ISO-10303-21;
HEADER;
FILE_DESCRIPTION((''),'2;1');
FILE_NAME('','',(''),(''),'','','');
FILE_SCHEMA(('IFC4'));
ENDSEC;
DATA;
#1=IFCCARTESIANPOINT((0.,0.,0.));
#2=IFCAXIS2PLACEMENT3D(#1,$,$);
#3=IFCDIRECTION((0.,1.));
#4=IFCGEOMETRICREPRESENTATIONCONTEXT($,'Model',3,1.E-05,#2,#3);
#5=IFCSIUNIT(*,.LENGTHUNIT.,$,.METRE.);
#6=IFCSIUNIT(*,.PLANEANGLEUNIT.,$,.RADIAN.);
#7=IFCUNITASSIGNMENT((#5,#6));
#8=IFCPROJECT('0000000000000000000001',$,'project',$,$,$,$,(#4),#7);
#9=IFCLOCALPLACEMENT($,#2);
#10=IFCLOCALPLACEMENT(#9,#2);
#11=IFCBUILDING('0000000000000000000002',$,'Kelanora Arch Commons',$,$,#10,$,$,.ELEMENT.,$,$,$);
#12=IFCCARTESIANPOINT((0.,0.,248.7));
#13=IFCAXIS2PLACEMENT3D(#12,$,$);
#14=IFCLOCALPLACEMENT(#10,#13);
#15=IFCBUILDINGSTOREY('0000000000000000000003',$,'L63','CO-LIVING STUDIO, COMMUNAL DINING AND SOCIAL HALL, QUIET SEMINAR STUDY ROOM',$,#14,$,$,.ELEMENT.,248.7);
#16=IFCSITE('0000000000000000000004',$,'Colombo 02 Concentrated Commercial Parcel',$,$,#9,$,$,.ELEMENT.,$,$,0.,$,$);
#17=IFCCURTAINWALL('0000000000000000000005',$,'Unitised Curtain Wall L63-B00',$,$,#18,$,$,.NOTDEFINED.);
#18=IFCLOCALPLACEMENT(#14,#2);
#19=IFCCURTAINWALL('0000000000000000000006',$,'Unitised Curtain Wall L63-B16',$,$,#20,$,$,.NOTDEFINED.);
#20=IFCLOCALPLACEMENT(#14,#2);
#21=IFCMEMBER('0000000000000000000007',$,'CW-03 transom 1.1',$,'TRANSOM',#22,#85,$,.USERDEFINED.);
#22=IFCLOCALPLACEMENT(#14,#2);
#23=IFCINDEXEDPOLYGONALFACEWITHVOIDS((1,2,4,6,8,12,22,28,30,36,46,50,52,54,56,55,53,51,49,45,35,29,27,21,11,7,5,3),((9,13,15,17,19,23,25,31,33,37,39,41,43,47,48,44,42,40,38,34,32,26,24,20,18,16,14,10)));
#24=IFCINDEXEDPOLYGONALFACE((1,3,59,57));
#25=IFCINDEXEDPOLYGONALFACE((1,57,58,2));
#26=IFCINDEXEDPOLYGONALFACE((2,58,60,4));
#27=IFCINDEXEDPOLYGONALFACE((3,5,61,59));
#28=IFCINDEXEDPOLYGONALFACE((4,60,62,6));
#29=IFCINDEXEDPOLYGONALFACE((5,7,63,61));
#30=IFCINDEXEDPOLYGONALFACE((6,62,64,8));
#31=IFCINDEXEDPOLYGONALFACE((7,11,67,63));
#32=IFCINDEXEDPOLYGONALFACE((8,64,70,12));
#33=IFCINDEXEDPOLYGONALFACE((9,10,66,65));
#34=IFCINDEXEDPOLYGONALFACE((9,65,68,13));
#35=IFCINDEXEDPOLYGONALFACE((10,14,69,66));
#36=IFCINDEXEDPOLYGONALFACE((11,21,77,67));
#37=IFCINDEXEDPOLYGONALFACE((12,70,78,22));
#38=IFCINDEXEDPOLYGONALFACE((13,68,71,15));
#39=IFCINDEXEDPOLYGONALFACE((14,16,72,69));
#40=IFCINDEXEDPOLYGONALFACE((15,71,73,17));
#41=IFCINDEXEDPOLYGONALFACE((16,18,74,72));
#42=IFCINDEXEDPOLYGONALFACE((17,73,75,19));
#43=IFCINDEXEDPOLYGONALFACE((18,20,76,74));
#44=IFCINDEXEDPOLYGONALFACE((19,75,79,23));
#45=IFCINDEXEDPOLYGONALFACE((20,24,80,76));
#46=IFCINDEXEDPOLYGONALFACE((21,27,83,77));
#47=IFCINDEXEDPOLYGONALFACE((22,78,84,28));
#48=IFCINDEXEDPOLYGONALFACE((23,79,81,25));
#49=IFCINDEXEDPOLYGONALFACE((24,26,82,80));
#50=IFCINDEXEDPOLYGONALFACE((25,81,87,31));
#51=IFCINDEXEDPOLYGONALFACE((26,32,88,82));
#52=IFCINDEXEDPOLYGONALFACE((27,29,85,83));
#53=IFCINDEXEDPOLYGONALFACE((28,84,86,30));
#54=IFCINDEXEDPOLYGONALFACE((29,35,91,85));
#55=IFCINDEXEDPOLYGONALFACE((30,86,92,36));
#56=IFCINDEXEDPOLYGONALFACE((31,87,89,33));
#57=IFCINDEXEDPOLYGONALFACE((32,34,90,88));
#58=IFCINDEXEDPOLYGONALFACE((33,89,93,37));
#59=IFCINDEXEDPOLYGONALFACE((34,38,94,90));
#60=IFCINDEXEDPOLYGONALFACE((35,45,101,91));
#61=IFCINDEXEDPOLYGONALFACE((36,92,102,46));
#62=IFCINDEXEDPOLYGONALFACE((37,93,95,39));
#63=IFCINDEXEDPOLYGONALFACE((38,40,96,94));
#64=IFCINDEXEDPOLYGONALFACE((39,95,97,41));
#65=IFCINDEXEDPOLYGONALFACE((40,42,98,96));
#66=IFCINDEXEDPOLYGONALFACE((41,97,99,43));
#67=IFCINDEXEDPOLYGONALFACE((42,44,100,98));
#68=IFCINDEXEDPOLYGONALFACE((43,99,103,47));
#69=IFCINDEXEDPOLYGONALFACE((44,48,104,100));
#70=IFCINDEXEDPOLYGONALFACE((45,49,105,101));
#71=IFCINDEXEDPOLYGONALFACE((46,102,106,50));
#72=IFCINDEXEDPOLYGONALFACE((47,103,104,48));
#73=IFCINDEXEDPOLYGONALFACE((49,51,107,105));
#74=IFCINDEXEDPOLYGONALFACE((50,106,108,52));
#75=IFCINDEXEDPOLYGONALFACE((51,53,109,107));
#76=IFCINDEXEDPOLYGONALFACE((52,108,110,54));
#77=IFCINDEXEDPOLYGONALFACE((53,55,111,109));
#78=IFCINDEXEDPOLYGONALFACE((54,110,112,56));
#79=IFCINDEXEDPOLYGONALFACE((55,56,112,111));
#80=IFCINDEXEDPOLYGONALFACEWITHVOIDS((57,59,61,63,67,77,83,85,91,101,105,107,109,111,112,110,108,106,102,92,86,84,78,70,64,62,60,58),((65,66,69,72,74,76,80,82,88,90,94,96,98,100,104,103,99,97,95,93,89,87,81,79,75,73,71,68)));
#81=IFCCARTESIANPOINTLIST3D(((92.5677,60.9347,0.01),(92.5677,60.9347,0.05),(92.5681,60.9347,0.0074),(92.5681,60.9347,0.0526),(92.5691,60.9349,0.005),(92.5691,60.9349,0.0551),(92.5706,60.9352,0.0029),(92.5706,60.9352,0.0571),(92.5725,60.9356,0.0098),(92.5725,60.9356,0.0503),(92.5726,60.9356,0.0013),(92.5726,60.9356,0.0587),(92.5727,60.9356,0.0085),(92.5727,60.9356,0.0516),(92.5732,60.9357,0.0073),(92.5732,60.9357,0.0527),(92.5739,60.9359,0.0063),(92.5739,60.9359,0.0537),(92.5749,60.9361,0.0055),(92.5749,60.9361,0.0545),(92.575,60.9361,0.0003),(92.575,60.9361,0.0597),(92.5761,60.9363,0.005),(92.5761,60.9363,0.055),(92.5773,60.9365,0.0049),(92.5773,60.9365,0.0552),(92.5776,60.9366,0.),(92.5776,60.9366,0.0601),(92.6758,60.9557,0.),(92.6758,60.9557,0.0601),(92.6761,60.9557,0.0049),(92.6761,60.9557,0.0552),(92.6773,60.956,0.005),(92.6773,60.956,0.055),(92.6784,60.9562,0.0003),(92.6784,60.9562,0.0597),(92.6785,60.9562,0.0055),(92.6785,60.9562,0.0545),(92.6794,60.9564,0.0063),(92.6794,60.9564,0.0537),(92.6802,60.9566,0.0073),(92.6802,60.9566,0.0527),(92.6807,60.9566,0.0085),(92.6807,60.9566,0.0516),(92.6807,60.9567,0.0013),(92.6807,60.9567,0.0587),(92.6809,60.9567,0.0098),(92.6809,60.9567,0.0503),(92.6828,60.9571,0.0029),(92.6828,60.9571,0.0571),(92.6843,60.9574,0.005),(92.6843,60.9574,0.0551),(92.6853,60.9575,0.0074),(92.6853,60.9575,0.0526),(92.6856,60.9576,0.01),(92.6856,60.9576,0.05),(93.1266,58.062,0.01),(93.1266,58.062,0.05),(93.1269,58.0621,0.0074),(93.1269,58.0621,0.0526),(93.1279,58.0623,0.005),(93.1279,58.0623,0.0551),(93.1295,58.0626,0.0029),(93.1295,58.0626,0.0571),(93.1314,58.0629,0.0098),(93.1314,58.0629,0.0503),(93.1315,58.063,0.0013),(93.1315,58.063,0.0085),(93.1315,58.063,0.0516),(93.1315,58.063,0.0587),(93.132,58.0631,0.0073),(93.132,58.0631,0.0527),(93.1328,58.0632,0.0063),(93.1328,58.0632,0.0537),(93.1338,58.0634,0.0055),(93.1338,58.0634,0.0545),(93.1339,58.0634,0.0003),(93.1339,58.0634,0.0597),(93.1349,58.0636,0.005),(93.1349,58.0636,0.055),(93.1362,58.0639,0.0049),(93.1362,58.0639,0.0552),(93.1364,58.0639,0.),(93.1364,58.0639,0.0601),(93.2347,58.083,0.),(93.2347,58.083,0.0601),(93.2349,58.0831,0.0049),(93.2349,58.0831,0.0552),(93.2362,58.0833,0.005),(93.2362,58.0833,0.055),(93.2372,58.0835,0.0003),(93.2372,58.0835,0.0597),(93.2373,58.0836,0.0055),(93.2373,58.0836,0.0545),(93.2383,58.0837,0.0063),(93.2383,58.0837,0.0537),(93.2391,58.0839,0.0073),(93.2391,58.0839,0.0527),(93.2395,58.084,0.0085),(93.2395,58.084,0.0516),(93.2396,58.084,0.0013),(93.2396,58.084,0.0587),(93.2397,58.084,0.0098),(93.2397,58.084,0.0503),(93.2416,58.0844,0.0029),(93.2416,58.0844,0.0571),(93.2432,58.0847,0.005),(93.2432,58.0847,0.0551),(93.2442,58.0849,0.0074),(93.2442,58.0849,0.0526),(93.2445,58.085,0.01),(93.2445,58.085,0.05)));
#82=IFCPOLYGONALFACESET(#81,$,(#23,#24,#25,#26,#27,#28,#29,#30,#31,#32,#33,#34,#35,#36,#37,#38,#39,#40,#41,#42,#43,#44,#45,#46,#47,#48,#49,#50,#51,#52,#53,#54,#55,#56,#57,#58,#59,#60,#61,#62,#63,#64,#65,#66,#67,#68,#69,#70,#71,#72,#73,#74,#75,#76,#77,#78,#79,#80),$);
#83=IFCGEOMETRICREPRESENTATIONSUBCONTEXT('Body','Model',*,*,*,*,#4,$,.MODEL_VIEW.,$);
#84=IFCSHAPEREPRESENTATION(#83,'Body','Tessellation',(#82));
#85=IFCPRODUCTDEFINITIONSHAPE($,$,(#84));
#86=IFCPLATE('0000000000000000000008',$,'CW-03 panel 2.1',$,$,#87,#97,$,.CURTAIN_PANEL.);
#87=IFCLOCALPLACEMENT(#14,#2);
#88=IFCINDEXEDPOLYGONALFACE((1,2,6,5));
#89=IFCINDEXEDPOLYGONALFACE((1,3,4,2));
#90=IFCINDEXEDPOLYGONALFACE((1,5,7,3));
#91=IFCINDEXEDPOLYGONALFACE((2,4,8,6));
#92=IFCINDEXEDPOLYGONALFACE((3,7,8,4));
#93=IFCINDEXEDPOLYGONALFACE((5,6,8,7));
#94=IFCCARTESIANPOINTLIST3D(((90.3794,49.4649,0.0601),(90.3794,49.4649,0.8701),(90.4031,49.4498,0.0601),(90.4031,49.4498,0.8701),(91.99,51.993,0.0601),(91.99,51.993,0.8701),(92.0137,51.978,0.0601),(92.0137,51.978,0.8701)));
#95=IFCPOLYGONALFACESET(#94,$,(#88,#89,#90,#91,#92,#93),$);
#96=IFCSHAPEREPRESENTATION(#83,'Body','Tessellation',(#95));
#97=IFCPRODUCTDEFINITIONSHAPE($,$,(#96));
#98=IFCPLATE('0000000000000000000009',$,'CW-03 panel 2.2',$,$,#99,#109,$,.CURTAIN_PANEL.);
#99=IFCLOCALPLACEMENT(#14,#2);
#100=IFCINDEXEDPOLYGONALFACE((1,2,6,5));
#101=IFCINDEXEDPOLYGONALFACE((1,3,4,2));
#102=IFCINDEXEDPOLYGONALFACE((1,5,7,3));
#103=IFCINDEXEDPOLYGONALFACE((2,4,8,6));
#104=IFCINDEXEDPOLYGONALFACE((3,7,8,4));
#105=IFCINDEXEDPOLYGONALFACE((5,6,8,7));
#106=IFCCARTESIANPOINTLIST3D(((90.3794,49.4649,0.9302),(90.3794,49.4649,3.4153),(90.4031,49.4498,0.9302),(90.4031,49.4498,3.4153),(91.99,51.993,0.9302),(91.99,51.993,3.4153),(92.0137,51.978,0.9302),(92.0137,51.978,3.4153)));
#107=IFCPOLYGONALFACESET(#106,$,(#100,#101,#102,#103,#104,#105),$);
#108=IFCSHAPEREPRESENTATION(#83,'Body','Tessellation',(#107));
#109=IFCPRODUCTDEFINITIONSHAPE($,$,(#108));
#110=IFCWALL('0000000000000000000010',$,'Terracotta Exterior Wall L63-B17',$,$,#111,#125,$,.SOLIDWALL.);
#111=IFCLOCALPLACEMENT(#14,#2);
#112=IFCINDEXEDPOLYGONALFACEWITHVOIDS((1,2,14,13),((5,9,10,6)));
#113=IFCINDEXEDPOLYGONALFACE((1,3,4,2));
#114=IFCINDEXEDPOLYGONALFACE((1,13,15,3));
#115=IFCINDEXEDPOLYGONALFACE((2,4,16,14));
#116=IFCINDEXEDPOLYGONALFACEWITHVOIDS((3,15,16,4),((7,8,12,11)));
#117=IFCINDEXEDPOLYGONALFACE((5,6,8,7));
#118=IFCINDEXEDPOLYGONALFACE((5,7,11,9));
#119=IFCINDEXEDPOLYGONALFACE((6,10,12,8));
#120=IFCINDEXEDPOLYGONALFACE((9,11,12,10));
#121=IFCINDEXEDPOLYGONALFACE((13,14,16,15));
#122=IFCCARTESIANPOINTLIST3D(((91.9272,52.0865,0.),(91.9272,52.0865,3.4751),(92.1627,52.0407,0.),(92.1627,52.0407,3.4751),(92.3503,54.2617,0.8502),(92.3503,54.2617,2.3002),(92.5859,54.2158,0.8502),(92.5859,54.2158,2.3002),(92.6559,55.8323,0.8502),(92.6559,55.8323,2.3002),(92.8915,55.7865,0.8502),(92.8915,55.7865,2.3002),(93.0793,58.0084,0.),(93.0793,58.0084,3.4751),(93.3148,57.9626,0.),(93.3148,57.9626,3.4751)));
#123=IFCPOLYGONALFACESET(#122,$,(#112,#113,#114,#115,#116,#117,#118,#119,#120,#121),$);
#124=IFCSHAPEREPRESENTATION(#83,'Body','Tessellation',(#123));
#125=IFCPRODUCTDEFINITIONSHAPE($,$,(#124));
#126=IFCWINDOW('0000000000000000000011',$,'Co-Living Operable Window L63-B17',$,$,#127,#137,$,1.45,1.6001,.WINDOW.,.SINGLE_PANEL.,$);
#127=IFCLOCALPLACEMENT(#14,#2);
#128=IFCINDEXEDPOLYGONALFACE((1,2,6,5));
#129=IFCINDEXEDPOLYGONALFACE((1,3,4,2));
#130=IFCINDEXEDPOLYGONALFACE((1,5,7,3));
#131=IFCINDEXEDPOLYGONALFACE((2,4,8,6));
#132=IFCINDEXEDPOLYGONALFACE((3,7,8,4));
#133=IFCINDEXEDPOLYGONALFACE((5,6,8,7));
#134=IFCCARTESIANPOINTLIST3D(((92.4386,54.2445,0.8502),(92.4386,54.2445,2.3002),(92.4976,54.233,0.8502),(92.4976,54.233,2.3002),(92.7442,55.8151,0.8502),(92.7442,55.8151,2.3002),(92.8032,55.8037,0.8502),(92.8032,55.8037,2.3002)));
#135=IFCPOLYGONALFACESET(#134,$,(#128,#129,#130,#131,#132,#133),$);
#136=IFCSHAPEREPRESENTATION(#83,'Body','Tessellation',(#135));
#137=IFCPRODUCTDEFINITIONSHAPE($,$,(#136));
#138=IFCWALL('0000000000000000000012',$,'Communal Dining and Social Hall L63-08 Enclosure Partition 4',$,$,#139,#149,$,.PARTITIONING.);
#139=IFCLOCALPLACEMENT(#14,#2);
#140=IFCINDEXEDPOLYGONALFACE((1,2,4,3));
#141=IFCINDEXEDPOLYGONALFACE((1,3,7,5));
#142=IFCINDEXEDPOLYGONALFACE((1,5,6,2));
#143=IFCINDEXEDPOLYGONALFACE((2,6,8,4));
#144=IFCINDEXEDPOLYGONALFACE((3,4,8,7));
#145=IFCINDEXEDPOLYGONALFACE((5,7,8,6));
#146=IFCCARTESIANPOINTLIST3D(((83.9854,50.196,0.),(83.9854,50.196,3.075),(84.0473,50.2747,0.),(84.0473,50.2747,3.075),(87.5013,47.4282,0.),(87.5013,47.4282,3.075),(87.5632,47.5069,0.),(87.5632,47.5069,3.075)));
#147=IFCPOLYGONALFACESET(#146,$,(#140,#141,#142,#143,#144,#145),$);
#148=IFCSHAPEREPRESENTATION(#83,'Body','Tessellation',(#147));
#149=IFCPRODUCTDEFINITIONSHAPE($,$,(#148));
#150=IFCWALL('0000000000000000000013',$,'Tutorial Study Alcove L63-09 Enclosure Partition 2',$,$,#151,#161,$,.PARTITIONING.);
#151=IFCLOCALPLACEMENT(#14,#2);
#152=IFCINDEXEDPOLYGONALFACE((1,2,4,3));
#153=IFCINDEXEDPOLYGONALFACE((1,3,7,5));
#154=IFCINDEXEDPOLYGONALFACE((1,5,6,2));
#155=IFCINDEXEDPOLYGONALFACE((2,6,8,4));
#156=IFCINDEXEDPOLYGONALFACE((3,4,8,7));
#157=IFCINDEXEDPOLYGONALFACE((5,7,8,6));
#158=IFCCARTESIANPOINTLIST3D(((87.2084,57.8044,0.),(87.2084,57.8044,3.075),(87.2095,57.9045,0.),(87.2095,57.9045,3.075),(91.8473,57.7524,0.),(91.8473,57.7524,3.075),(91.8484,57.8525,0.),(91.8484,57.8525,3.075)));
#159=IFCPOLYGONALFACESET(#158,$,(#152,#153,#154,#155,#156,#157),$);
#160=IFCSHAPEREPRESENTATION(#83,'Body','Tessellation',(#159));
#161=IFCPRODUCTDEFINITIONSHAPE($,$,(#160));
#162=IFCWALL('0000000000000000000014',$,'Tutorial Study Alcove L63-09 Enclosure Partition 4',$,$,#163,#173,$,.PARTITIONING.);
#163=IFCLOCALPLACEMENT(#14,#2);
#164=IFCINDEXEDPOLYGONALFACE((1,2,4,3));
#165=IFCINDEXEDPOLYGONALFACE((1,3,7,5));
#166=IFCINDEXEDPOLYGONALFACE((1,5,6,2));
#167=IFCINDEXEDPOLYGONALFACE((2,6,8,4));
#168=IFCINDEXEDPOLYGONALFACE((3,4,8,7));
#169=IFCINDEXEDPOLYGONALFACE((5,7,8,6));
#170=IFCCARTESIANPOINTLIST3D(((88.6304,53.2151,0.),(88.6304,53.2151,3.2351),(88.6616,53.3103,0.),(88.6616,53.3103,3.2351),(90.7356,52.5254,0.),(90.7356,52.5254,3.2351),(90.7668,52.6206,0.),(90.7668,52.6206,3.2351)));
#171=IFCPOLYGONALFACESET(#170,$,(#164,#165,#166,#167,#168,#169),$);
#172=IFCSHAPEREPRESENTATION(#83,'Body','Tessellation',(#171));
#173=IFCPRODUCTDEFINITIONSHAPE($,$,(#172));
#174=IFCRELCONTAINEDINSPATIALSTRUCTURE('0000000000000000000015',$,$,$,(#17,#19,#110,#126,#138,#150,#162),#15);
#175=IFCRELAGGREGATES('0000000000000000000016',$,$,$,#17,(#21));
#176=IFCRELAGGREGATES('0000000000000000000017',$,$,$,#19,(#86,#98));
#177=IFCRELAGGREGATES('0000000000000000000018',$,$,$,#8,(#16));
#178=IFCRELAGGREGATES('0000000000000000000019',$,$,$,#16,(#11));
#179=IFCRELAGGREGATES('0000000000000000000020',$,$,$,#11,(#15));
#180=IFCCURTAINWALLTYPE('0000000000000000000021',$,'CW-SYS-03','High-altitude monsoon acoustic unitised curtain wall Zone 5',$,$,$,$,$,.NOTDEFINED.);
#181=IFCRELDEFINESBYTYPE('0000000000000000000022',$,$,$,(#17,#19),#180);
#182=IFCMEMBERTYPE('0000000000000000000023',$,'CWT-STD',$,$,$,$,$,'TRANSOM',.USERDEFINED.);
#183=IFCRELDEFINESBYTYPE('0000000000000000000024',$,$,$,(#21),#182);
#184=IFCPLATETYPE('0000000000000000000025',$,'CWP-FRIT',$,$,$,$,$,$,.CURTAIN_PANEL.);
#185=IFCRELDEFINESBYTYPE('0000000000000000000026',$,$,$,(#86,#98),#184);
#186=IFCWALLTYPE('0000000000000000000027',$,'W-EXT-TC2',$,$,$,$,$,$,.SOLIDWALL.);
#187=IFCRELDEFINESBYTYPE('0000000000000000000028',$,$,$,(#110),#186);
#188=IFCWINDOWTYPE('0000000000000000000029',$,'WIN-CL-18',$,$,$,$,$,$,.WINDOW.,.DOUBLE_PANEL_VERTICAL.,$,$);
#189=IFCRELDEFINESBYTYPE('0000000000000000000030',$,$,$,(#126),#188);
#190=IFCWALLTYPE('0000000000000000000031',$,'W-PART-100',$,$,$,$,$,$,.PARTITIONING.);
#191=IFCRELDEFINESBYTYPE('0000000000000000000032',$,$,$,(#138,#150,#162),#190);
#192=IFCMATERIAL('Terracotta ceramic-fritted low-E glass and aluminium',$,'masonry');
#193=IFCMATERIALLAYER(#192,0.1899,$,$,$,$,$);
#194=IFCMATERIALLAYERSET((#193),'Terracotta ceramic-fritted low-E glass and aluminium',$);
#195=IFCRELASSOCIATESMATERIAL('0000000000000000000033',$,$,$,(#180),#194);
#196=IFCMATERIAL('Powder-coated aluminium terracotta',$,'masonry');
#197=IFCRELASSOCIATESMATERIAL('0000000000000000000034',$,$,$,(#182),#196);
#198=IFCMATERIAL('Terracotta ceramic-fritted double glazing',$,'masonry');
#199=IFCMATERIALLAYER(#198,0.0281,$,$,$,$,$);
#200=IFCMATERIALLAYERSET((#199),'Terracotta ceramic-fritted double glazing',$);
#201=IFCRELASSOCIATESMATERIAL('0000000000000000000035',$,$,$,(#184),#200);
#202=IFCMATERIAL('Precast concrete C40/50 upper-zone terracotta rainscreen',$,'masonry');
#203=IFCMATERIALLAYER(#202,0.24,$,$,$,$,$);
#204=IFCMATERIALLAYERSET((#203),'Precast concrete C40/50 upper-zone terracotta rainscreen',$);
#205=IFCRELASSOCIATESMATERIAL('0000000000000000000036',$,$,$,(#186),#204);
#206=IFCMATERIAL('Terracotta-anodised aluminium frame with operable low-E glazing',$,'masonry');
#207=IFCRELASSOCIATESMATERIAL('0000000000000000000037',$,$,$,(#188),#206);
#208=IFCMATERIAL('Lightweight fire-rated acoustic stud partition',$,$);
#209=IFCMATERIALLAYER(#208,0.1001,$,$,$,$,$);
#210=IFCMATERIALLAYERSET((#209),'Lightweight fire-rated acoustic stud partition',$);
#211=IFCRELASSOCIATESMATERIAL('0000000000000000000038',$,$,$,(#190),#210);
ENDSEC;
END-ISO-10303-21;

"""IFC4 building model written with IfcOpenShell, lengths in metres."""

from ifc_helpers import new_model, si_unit, direction, frame, frame_2d, origin, origin_2d, place, context, subcontext, project, spatial, rectangle, hollow_rectangle, extrude, source, transform, mapped, material, layer, layer_set, material_profile, profile_set, type_object, element, fill, aggregate, save


model = new_model("IFC4")

# Units and contexts
model_context = context("Model", 3, precision=1e-05, world=origin(), true_north=direction((0.0, 1.0)))
body_context = subcontext(model_context, "Body", "Model", "MODEL_VIEW")
ifc_project = project(units=[si_unit("LENGTHUNIT", "METRE"), si_unit("PLANEANGLEUNIT", "RADIAN")], contexts=[model_context])

# Site, building, storey
site_placement = place(None, origin())
site = spatial("IfcSite", under=ifc_project, at=site_placement, Name="Colombo 02 Concentrated Commercial Parcel", CompositionType="ELEMENT", RefElevation=0.0)
building_placement = place(site_placement, origin())
building = spatial("IfcBuilding", under=site, at=building_placement, Name="Kelanora Arch Commons", CompositionType="ELEMENT")
storey_placement = place(building_placement, frame((0.0, 0.0, 248.7)))
storey = spatial("IfcBuildingStorey", under=building, at=storey_placement, Name="L63", Description="CO-LIVING STUDIO, COMMUNAL DINING AND SOCIAL HALL, QUIET SEMINAR STUDY ROOM", CompositionType="ELEMENT", Elevation=248.7)

# Curtain walls
ifc_material_1 = material(Name="Terracotta ceramic-fritted low-E glass and aluminium", Category="masonry")
ifc_layer_1 = layer(ifc_material_1, 0.1899)
ifc_layer_set_1 = layer_set([ifc_layer_1], Name="Terracotta ceramic-fritted low-E glass and aluminium")
curtain_wall_type = type_object("IfcCurtainWallType", Name="CW-SYS-03", Description="High-altitude monsoon acoustic unitised curtain wall Zone 5", PredefinedType="NOTDEFINED", material=ifc_layer_set_1)
curtain_wall_1_placement = place(storey_placement, origin())
curtain_wall_1 = element("IfcCurtainWall", 1, at=curtain_wall_1_placement, inside=storey, type_object=curtain_wall_type, Name="Unitised Curtain Wall L63-B00", PredefinedType="NOTDEFINED")
ifc_material_2 = material(Name="Powder-coated aluminium terracotta", Category="masonry")
curtain_wall_2_placement = place(storey_placement, origin())
curtain_wall_2 = element("IfcCurtainWall", 2, at=curtain_wall_2_placement, inside=storey, type_object=curtain_wall_type, Name="Unitised Curtain Wall L63-B16", PredefinedType="NOTDEFINED")

# Member
ifc_material_profile_1 = material_profile(ifc_material_2, hollow_rectangle(XDim=0.1201, YDim=0.0601, WallThickness=0.0049, InnerFilletRadius=0.0049, OuterFilletRadius=0.01, at=origin_2d()), Name="CWT120x60")
ifc_profile_set_1 = profile_set([ifc_material_profile_1], Name="Powder-coated aluminium terracotta")
member_type_1 = type_object("IfcMemberType", Name="CWT-STD", ElementType="TRANSOM", PredefinedType="USERDEFINED", material=ifc_profile_set_1)
member_1_placement = place(storey_placement, frame((93.1855, 58.0735, 0.03), z_axis=(-0.190963, 0.981597, 0.0), x_axis=(-0.981597, -0.190963, 0.0)))
member_1 = element("IfcMember", 3, at=member_1_placement, type_object=member_type_1, Name="CW-03 transom 1.1", ObjectType="TRANSOM", PredefinedType="USERDEFINED", context=body_context, shape_type="SweptSolid", body=[
    extrude(hollow_rectangle(XDim=0.1201, YDim=0.0601, WallThickness=0.0049, InnerFilletRadius=0.0049, OuterFilletRadius=0.01, at=origin_2d()), origin(), (0.0, 0.0, 1.0), 2.9265),
])
aggregate(curtain_wall_1, [member_1])

# Plates
ifc_material_3 = material(Name="Terracotta ceramic-fritted double glazing", Category="masonry")
ifc_layer_2 = layer(ifc_material_3, 0.0281)
ifc_layer_set_2 = layer_set([ifc_layer_2], Name="Terracotta ceramic-fritted double glazing")
plate_type = type_object("IfcPlateType", Name="CWP-FRIT", PredefinedType="CURTAIN_PANEL", material=ifc_layer_set_2)
shared_shape_1 = source(origin(), body_context, "Body", "SweptSolid", [
    extrude(rectangle(XDim=2.9976, YDim=0.0281, at=origin_2d()), origin(), (0.0, 0.0, 1.0), 0.8101),
])
plate_1_placement = place(storey_placement, frame((91.1965, 50.7214, 0.0601), z_axis=(0.0, 0.0, 1.0), x_axis=(0.5373, 0.843391, 0.0)))
plate_1 = element("IfcPlate", 4, at=plate_1_placement, type_object=plate_type, Name="CW-03 panel 2.1", PredefinedType="CURTAIN_PANEL", context=body_context, shape_type="MappedRepresentation", body=[
    mapped(shared_shape_1, transform((0.0, 0.0, 0.0), scale=1.0)),
])
shared_shape_2 = source(origin(), body_context, "Body", "SweptSolid", [
    extrude(rectangle(XDim=2.9976, YDim=0.0281, at=origin_2d()), origin(), (0.0, 0.0, 1.0), 2.4851),
])
plate_2_placement = place(storey_placement, frame((91.1965, 50.7214, 0.9302), z_axis=(0.0, 0.0, 1.0), x_axis=(0.5373, 0.843391, 0.0)))
plate_2 = element("IfcPlate", 5, at=plate_2_placement, type_object=plate_type, Name="CW-03 panel 2.2", PredefinedType="CURTAIN_PANEL", context=body_context, shape_type="MappedRepresentation", body=[
    mapped(shared_shape_2, transform((0.0, 0.0, 0.0), scale=1.0)),
])
aggregate(curtain_wall_2, [plate_1, plate_2])

# Wall, opening, window
ifc_material_4 = material(Name="Precast concrete C40/50 upper-zone terracotta rainscreen", Category="masonry")
ifc_layer_3 = layer(ifc_material_4, 0.24)
ifc_layer_set_3 = layer_set([ifc_layer_3], Name="Precast concrete C40/50 upper-zone terracotta rainscreen")
wall_type_1 = type_object("IfcWallType", Name="W-EXT-TC2", PredefinedType="SOLIDWALL", material=ifc_layer_set_3)
wall_1_placement = place(storey_placement, frame((92.0449, 52.0635, 0.0), z_axis=(0.0, 0.0, 1.0), x_axis=(0.190969, 0.981596, 0.0)))
wall_1 = element("IfcWall", 6, at=wall_1_placement, inside=storey, type_object=wall_type_1, Name="Terracotta Exterior Wall L63-B17", PredefinedType="SOLIDWALL", context=body_context, shape_type="SweptSolid", body=[
    extrude(rectangle(XDim=6.033, YDim=0.24, at=frame_2d((3.0166, 0.0))), origin(), (0.0, 0.0, 1.0), 3.4751),
])
opening_1_placement = place(wall_1_placement, frame((2.2161, 0.0, 0.8501)))
opening_1 = element("IfcOpeningElement", 7, at=opening_1_placement, cuts=wall_1, PredefinedType="OPENING", context=body_context, shape_type="SweptSolid", body=[
    extrude(rectangle(XDim=1.6001, YDim=1.45, at=frame_2d((0.8, 0.7251))), frame((0.0, 0.1299, 0.0), z_axis=(0.0, -1.0, 0.0), x_axis=(1.0, 0.0, 0.0)), (0.0, 0.0, 1.0), 0.26),
])
ifc_material_5 = material(Name="Terracotta-anodised aluminium frame with operable low-E glazing", Category="masonry")
window_type = type_object("IfcWindowType", Name="WIN-CL-18", PartitioningType="DOUBLE_PANEL_VERTICAL", PredefinedType="WINDOW", material=ifc_material_5)
window_placement = place(opening_1_placement, origin())
window = element("IfcWindow", 8, at=window_placement, inside=storey, type_object=window_type, Name="Co-Living Operable Window L63-B17", OverallHeight=1.45, OverallWidth=1.6001, PartitioningType="SINGLE_PANEL", PredefinedType="WINDOW", context=body_context, shape_type="SweptSolid", body=[
    extrude(rectangle(XDim=1.6001, YDim=1.45, at=frame_2d((0.8, 0.7251))), frame((0.0, 0.03, 0.0), z_axis=(0.0, -1.0, 0.0), x_axis=(1.0, 0.0, 0.0)), (0.0, 0.0, 1.0), 0.0601),
])
fill(opening_1, window)

# Walls
ifc_material_6 = material(Name="Lightweight fire-rated acoustic stud partition")
ifc_layer_4 = layer(ifc_material_6, 0.1001)
ifc_layer_set_4 = layer_set([ifc_layer_4], Name="Lightweight fire-rated acoustic stud partition")
wall_type_2 = type_object("IfcWallType", Name="W-PART-100", PredefinedType="PARTITIONING", material=ifc_layer_set_4)
wall_2_placement = place(storey_placement, frame((84.0164, 50.2354, 0.0), z_axis=(0.0, 0.0, 1.0), x_axis=(0.785737, -0.618561, 0.0)))
element("IfcWall", 9, at=wall_2_placement, inside=storey, type_object=wall_type_2, Name="Communal Dining and Social Hall L63-08 Enclosure Partition 4", PredefinedType="PARTITIONING", context=body_context, shape_type="SweptSolid", body=[
    extrude(rectangle(XDim=4.4746, YDim=0.1001, at=frame_2d((2.2373, 0.0))), origin(), (0.0, 0.0, 1.0), 3.075),
])
wall_3_placement = place(storey_placement, frame((87.209, 57.8545, 0.0), z_axis=(0.0, 0.0, 1.0), x_axis=(0.999937, -0.011209, 0.0)))
element("IfcWall", 10, at=wall_3_placement, inside=storey, type_object=wall_type_2, Name="Tutorial Study Alcove L63-09 Enclosure Partition 2", PredefinedType="PARTITIONING", context=body_context, shape_type="SweptSolid", body=[
    extrude(rectangle(XDim=4.6392, YDim=0.1001, at=frame_2d((2.3196, 0.0))), origin(), (0.0, 0.0, 1.0), 3.075),
])
wall_4_placement = place(storey_placement, frame((90.7512, 52.573, 0.0), z_axis=(0.0, 0.0, 1.0), x_axis=(-0.950302, 0.31133, 0.0)))
element("IfcWall", 11, at=wall_4_placement, inside=storey, type_object=wall_type_2, Name="Tutorial Study Alcove L63-09 Enclosure Partition 4", PredefinedType="PARTITIONING", context=body_context, shape_type="SweptSolid", body=[
    extrude(rectangle(XDim=2.2153, YDim=0.1001, at=frame_2d((1.1077, 0.0))), origin(), (0.0, 0.0, 1.0), 3.2351),
])

save(model, "model.ifc")
